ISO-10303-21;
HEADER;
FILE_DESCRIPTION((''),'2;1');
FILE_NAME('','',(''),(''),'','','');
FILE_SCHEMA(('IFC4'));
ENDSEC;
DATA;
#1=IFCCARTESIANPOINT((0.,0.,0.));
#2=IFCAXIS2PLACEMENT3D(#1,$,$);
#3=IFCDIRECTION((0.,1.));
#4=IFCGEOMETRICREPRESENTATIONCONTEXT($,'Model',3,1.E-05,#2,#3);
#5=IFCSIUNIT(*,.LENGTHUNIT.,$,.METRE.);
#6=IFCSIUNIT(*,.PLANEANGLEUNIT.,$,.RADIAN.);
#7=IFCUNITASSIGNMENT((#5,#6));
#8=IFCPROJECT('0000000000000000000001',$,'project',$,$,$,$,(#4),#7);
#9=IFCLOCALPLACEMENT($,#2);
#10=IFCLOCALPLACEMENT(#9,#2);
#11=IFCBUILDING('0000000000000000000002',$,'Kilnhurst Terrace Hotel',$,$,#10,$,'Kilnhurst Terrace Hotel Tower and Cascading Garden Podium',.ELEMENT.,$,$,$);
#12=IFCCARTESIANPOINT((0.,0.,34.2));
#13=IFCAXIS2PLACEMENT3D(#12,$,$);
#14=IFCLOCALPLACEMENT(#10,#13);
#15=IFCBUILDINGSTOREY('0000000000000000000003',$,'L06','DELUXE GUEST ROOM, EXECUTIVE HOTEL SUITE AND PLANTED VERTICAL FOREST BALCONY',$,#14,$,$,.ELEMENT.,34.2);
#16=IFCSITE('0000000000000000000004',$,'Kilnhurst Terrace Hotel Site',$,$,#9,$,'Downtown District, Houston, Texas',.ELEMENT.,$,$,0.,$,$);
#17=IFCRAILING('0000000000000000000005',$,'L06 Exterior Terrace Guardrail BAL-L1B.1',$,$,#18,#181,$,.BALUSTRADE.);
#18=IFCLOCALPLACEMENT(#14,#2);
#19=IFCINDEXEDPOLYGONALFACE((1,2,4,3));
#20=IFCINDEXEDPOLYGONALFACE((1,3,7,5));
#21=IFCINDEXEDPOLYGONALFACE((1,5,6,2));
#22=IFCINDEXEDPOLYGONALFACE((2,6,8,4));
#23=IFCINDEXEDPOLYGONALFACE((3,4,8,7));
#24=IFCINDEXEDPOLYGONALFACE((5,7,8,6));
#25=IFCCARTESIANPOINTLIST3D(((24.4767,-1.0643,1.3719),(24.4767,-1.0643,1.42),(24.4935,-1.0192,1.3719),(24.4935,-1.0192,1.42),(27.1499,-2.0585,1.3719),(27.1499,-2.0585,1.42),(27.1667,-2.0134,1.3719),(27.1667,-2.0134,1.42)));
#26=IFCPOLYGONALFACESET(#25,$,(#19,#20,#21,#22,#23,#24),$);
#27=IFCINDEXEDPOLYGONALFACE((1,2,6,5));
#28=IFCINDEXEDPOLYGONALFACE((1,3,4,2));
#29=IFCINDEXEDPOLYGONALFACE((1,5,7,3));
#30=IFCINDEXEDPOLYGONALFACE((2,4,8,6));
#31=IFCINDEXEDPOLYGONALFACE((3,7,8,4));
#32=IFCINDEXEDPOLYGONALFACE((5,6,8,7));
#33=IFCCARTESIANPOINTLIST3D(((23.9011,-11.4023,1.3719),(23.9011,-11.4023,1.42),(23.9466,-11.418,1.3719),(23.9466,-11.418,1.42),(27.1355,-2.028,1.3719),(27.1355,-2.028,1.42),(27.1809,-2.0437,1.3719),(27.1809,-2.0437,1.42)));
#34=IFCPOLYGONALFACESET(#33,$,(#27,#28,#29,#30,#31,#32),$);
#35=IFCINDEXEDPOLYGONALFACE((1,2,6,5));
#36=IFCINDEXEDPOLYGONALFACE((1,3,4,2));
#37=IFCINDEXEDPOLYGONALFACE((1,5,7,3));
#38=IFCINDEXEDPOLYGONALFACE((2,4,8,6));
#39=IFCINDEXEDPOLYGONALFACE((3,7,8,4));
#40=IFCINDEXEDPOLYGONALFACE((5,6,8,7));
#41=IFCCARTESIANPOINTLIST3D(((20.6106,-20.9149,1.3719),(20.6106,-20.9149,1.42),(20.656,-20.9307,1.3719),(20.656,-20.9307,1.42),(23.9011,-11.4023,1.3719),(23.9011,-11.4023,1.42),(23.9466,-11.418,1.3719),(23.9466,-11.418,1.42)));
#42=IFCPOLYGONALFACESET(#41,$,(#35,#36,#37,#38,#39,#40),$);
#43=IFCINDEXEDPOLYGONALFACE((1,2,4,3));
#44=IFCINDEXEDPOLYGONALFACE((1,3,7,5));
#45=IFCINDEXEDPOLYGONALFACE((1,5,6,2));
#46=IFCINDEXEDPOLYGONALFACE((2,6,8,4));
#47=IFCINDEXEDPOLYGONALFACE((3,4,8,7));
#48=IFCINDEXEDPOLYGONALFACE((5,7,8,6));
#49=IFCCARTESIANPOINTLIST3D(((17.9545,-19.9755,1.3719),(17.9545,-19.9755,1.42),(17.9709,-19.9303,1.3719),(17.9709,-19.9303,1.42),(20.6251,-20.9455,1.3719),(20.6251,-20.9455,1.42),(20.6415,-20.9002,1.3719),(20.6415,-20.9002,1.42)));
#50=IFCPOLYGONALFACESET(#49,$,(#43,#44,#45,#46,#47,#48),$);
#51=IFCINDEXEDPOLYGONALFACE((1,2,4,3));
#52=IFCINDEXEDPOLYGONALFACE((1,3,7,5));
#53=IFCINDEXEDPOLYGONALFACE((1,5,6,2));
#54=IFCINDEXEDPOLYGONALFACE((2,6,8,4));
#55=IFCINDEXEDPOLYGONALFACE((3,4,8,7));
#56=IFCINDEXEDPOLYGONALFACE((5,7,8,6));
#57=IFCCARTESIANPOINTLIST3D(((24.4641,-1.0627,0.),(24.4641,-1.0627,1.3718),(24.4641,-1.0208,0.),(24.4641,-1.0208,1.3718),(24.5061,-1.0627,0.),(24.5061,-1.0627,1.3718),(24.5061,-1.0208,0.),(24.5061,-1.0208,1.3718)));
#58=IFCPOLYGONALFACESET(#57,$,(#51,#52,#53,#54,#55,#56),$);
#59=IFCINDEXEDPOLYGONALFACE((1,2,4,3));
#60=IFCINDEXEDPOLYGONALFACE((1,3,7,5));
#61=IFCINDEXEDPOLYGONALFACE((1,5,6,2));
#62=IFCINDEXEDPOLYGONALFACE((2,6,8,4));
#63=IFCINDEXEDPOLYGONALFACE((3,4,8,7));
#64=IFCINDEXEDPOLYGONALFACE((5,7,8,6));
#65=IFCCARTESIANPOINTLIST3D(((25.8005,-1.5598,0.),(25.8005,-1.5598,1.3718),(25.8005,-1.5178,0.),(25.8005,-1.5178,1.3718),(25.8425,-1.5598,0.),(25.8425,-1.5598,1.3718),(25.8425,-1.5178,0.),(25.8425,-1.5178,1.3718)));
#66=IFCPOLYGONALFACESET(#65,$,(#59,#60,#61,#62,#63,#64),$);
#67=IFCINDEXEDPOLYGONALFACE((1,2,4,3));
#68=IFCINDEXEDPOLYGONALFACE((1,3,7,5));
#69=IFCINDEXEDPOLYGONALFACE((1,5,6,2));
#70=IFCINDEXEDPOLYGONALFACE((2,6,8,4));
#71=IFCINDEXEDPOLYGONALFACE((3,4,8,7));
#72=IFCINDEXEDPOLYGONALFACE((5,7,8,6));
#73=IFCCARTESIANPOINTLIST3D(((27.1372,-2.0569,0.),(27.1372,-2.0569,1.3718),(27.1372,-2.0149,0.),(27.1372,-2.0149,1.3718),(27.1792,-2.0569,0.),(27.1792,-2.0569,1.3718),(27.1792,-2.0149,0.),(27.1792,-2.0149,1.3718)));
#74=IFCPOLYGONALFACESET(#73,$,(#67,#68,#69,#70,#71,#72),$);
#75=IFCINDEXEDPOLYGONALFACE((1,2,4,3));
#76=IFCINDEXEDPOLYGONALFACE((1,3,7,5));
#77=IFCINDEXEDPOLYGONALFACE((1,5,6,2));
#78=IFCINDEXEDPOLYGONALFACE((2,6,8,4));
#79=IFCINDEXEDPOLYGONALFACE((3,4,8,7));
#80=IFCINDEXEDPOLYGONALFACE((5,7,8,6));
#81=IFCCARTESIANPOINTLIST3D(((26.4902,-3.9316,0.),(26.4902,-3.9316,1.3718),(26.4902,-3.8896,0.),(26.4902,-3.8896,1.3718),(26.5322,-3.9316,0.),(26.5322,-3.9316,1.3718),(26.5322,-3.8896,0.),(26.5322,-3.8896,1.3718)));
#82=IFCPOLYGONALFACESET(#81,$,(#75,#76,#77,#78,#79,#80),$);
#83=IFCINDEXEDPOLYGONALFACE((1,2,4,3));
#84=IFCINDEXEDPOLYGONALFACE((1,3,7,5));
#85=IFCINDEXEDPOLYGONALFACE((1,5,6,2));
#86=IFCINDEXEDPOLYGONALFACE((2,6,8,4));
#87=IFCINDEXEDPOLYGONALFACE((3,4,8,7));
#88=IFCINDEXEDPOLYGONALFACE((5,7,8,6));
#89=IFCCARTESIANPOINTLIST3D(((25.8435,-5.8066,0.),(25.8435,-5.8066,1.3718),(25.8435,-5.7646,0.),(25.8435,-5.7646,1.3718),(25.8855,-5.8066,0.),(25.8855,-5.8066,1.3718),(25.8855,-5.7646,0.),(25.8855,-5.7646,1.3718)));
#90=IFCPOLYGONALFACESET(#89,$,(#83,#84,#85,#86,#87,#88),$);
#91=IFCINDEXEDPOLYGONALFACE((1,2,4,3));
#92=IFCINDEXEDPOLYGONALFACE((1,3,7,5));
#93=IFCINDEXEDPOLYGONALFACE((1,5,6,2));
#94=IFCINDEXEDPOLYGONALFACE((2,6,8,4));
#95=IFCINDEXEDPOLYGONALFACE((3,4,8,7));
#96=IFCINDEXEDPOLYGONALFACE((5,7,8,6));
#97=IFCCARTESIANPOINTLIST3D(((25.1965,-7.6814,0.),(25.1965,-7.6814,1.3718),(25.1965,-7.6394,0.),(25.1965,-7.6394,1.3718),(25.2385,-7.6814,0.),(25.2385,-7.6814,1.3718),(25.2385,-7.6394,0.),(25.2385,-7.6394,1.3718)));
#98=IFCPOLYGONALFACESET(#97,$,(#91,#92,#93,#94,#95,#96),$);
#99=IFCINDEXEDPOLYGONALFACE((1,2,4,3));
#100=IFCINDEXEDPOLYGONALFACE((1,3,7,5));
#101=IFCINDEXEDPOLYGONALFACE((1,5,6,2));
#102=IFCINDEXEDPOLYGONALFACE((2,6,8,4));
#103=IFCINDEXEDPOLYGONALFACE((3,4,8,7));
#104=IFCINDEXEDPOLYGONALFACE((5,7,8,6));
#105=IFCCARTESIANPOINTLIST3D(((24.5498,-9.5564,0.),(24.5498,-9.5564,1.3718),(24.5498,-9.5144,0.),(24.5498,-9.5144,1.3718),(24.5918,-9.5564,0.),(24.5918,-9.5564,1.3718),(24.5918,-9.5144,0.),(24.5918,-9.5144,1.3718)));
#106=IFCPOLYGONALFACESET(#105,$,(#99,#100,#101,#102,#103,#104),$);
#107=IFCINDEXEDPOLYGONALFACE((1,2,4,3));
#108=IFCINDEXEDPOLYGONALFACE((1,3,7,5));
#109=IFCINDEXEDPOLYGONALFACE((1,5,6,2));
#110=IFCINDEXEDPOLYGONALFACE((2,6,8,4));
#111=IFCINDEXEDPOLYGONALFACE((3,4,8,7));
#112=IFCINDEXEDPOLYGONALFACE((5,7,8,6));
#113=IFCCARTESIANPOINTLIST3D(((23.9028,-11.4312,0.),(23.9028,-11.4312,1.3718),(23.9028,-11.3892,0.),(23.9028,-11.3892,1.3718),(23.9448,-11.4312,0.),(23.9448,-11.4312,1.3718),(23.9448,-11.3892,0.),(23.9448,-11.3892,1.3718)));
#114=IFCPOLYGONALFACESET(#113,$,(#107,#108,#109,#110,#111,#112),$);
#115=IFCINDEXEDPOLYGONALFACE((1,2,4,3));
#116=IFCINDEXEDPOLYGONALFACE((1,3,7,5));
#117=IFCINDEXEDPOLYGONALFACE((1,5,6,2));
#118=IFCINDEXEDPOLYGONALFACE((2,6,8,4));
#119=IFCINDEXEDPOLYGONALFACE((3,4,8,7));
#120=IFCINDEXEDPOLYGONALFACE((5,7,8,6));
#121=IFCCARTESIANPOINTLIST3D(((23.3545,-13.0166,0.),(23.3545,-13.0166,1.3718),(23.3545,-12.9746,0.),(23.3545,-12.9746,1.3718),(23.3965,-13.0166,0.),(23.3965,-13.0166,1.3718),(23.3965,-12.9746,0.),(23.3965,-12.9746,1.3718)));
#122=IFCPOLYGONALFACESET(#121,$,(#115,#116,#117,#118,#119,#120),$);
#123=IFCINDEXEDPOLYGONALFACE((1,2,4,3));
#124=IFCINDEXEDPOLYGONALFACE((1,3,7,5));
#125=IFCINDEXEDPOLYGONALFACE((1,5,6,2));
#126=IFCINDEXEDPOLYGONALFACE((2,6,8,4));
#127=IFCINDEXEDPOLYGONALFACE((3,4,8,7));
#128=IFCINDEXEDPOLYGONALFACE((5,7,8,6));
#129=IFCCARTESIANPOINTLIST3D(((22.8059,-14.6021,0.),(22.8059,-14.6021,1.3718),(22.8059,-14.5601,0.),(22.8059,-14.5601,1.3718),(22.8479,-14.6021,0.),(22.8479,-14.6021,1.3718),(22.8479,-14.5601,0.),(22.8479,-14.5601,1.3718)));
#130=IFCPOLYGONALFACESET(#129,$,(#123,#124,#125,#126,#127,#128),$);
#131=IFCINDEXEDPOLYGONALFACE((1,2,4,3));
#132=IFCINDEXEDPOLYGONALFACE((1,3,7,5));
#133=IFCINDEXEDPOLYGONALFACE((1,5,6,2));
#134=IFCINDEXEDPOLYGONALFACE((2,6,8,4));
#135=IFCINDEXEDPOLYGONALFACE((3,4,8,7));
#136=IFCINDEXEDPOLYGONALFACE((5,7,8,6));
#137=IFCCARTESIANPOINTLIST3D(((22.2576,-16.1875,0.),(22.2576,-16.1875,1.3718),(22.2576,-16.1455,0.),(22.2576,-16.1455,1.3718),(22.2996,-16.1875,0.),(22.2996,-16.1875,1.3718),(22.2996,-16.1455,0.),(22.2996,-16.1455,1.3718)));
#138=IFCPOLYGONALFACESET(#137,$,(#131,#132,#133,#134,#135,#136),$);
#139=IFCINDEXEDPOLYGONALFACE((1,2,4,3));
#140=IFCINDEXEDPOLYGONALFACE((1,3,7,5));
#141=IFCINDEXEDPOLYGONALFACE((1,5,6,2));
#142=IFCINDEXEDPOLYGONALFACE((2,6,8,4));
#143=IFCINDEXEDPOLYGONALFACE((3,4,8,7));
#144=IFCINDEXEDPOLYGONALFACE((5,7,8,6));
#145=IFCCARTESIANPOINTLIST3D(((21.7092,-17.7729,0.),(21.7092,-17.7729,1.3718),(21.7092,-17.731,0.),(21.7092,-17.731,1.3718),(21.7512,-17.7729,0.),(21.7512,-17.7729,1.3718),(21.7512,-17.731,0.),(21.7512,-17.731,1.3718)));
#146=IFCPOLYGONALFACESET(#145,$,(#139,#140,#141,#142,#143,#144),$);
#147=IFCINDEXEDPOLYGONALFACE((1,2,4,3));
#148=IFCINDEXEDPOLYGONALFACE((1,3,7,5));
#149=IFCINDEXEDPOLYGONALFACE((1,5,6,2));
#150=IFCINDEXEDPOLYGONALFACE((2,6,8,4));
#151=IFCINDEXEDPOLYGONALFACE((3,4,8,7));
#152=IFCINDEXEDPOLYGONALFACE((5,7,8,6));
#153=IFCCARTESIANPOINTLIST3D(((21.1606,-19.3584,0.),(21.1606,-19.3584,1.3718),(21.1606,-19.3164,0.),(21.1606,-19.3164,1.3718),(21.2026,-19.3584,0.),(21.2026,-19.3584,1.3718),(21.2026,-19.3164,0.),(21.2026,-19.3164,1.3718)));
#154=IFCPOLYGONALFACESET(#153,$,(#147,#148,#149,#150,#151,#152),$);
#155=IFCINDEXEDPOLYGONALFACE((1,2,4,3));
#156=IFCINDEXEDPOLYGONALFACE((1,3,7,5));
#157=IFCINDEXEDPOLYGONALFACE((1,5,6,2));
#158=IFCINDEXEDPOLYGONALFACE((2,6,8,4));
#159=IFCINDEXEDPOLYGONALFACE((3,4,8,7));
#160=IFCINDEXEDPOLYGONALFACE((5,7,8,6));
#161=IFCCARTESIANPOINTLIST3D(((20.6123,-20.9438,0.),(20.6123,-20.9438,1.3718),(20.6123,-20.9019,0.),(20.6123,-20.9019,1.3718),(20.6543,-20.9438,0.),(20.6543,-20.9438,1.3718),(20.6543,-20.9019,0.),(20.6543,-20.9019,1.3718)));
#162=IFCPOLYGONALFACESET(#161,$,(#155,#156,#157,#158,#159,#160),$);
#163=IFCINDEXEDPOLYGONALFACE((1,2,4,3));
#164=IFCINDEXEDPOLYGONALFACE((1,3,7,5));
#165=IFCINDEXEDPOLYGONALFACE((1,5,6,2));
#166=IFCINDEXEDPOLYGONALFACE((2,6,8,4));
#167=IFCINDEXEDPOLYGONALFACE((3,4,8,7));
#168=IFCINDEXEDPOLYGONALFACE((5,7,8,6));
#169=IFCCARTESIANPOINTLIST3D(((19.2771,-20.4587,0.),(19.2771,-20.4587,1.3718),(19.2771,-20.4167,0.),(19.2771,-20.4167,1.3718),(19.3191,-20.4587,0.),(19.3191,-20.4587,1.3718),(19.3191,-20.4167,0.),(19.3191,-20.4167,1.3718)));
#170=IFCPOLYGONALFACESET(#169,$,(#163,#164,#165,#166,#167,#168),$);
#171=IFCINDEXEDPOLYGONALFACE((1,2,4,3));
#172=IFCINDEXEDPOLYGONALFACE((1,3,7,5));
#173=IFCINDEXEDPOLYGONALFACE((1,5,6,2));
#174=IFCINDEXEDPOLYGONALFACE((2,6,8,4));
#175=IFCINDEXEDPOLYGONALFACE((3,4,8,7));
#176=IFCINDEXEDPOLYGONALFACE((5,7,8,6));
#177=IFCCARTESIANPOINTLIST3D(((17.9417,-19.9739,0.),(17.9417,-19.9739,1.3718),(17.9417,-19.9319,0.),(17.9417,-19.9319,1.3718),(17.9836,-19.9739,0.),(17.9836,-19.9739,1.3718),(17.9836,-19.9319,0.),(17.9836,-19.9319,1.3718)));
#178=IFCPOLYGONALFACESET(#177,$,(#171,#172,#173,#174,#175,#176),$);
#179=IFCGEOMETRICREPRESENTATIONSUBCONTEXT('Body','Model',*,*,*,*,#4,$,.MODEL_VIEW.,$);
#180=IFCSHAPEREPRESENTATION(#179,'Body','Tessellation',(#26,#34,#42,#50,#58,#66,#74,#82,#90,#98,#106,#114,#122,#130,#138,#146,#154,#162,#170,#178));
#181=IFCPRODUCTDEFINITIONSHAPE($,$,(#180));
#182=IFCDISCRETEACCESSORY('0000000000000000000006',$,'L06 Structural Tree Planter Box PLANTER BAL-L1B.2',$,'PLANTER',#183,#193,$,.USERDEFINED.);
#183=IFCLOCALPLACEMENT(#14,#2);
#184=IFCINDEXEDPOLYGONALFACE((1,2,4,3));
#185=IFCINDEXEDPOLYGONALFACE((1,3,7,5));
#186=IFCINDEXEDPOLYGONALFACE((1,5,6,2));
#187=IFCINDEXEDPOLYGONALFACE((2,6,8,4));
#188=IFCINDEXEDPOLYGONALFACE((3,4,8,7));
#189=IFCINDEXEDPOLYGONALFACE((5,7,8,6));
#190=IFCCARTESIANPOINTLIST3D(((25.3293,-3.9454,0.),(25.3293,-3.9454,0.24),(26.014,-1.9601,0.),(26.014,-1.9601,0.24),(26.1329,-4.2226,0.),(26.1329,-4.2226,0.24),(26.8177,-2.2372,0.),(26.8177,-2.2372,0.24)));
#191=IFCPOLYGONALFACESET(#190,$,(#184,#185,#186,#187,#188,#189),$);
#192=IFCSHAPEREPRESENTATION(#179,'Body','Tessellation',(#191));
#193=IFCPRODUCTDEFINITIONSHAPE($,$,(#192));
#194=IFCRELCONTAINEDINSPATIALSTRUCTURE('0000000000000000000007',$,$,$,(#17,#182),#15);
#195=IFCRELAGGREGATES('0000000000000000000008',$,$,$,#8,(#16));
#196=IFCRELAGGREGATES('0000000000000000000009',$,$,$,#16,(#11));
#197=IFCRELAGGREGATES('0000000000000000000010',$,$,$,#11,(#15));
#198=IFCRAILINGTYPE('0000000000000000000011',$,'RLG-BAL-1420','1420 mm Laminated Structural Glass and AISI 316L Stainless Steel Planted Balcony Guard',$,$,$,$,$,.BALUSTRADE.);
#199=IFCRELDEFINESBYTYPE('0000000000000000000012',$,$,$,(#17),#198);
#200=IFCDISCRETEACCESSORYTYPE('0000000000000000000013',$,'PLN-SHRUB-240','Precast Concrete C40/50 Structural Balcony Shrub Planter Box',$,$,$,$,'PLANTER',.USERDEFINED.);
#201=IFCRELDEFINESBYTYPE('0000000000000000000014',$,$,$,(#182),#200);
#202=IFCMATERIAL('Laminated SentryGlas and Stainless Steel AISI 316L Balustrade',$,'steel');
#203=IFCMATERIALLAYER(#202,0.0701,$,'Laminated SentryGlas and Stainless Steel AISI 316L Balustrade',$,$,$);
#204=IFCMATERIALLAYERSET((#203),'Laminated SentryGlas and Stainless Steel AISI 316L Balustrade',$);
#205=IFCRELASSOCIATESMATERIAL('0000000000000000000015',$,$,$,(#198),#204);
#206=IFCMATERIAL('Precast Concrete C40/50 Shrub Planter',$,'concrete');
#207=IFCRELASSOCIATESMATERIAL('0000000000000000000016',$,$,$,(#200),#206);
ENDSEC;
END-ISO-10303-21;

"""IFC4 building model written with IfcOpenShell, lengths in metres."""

from ifc_helpers import new_model, si_unit, direction, frame, origin, origin_2d, place, context, subcontext, project, spatial, rectangle, extrude, material, layer, layer_set, type_object, element, save


model = new_model("IFC4")

# Units and contexts
model_context = context("Model", 3, precision=1e-05, world=origin(), true_north=direction((0.0, 1.0)))
body_context = subcontext(model_context, "Body", "Model", "MODEL_VIEW")
ifc_project = project(units=[si_unit("LENGTHUNIT", "METRE"), si_unit("PLANEANGLEUNIT", "RADIAN")], contexts=[model_context])

# Site, building, storey
site_placement = place(None, origin())
site = spatial("IfcSite", under=ifc_project, at=site_placement, Name="Kilnhurst Terrace Hotel Site", LongName="Downtown District, Houston, Texas", CompositionType="ELEMENT", RefElevation=0.0)
building_placement = place(site_placement, origin())
building = spatial("IfcBuilding", under=site, at=building_placement, Name="Kilnhurst Terrace Hotel", LongName="Kilnhurst Terrace Hotel Tower and Cascading Garden Podium", CompositionType="ELEMENT")
storey_placement = place(building_placement, frame((0.0, 0.0, 34.2)))
storey = spatial("IfcBuildingStorey", under=building, at=storey_placement, Name="L06", Description="DELUXE GUEST ROOM, EXECUTIVE HOTEL SUITE AND PLANTED VERTICAL FOREST BALCONY", CompositionType="ELEMENT", Elevation=34.2)

# Railing
ifc_material_1 = material(Name="Laminated SentryGlas and Stainless Steel AISI 316L Balustrade", Category="steel")
ifc_layer_1 = layer(ifc_material_1, 0.0701, Name="Laminated SentryGlas and Stainless Steel AISI 316L Balustrade")
ifc_layer_set_1 = layer_set([ifc_layer_1], Name="Laminated SentryGlas and Stainless Steel AISI 316L Balustrade")
railing_type = type_object("IfcRailingType", Name="RLG-BAL-1420", Description="1420 mm Laminated Structural Glass and AISI 316L Stainless Steel Planted Balcony Guard", PredefinedType="BALUSTRADE", material=ifc_layer_set_1)
railing_placement = place(storey_placement, frame((24.4851, -1.0417, 0.0)))
element("IfcRailing", 1, at=railing_placement, inside=storey, type_object=railing_type, Name="L06 Exterior Terrace Guardrail BAL-L1B.1", PredefinedType="BALUSTRADE", context=body_context, shape_type="SweptSolid", body=[
    extrude(rectangle(XDim=0.0481, YDim=0.0481, at=origin_2d()), frame((0.0, 0.0, 1.396), z_axis=(0.937279, -0.34858, 0.0), x_axis=(0.34858, 0.937279, 0.0)), (0.0, 0.0, 1.0), 2.8521),
    extrude(rectangle(XDim=0.0481, YDim=0.0481, at=origin_2d()), frame((2.6731, -0.9941, 1.396), z_axis=(-0.326159, -0.945315, 0.0), x_axis=(0.945315, -0.326159, 0.0)), (0.0, 0.0, 1.0), 9.9165),
    extrude(rectangle(XDim=0.0481, YDim=0.0481, at=origin_2d()), frame((-0.5613, -10.3684, 1.396), z_axis=(-0.326904, -0.945058, 0.0), x_axis=(0.945058, -0.326904, 0.0)), (0.0, 0.0, 1.0), 10.0657),
    extrude(rectangle(XDim=0.0481, YDim=0.0481, at=origin_2d()), frame((-3.8518, -19.8811, 1.396), z_axis=(-0.939926, 0.341377, 0.0), x_axis=(-0.341377, -0.939926, 0.0)), (0.0, 0.0, 1.0), 2.8413),
    extrude(rectangle(XDim=0.042, YDim=0.042, at=origin_2d()), origin(), (0.0, 0.0, 1.0), 1.3718),
    extrude(rectangle(XDim=0.042, YDim=0.042, at=origin_2d()), frame((1.3364, -0.4971, 0.0)), (0.0, 0.0, 1.0), 1.3718),
    extrude(rectangle(XDim=0.042, YDim=0.042, at=origin_2d()), frame((2.6731, -0.9941, 0.0)), (0.0, 0.0, 1.0), 1.3718),
    extrude(rectangle(XDim=0.042, YDim=0.042, at=origin_2d()), frame((2.0261, -2.8689, 0.0)), (0.0, 0.0, 1.0), 1.3718),
    extrude(rectangle(XDim=0.042, YDim=0.042, at=origin_2d()), frame((1.3794, -4.7439, 0.0)), (0.0, 0.0, 1.0), 1.3718),
    extrude(rectangle(XDim=0.042, YDim=0.042, at=origin_2d()), frame((0.7324, -6.6187, 0.0)), (0.0, 0.0, 1.0), 1.3718),
    extrude(rectangle(XDim=0.042, YDim=0.042, at=origin_2d()), frame((0.0857, -8.4937, 0.0)), (0.0, 0.0, 1.0), 1.3718),
    extrude(rectangle(XDim=0.042, YDim=0.042, at=origin_2d()), frame((-0.5613, -10.3684, 0.0)), (0.0, 0.0, 1.0), 1.3718),
    extrude(rectangle(XDim=0.042, YDim=0.042, at=origin_2d()), frame((-1.1096, -11.9539, 0.0)), (0.0, 0.0, 1.0), 1.3718),
    extrude(rectangle(XDim=0.042, YDim=0.042, at=origin_2d()), frame((-1.6582, -13.5393, 0.0)), (0.0, 0.0, 1.0), 1.3718),
    extrude(rectangle(XDim=0.042, YDim=0.042, at=origin_2d()), frame((-2.2065, -15.1248, 0.0)), (0.0, 0.0, 1.0), 1.3718),
    extrude(rectangle(XDim=0.042, YDim=0.042, at=origin_2d()), frame((-2.7549, -16.7102, 0.0)), (0.0, 0.0, 1.0), 1.3718),
    extrude(rectangle(XDim=0.042, YDim=0.042, at=origin_2d()), frame((-3.3035, -18.2957, 0.0)), (0.0, 0.0, 1.0), 1.3718),
    extrude(rectangle(XDim=0.042, YDim=0.042, at=origin_2d()), frame((-3.8518, -19.8811, 0.0)), (0.0, 0.0, 1.0), 1.3718),
    extrude(rectangle(XDim=0.042, YDim=0.042, at=origin_2d()), frame((-5.187, -19.396, 0.0)), (0.0, 0.0, 1.0), 1.3718),
    extrude(rectangle(XDim=0.042, YDim=0.042, at=origin_2d()), frame((-6.5225, -18.9111, 0.0)), (0.0, 0.0, 1.0), 1.3718),
])

# Discrete accessory
ifc_material_2 = material(Name="Precast Concrete C40/50 Shrub Planter", Category="concrete")
discrete_accessory_type = type_object("IfcDiscreteAccessoryType", Name="PLN-SHRUB-240", Description="Precast Concrete C40/50 Structural Balcony Shrub Planter Box", ElementType="PLANTER", PredefinedType="USERDEFINED", material=ifc_material_2)
discrete_accessory_placement = place(storey_placement, frame((26.0735, -3.0913, 0.0), z_axis=(0.0, 0.0, 1.0), x_axis=(0.326063, 0.945348, 0.0)))
element("IfcDiscreteAccessory", 2, at=discrete_accessory_placement, inside=storey, type_object=discrete_accessory_type, Name="L06 Structural Tree Planter Box PLANTER BAL-L1B.2", ObjectType="PLANTER", PredefinedType="USERDEFINED", context=body_context, shape_type="SweptSolid", body=[
    extrude(rectangle(XDim=2.1001, YDim=0.8501, at=origin_2d()), origin(), (0.0, 0.0, 1.0), 0.24),
])

save(model, "model.ifc")
